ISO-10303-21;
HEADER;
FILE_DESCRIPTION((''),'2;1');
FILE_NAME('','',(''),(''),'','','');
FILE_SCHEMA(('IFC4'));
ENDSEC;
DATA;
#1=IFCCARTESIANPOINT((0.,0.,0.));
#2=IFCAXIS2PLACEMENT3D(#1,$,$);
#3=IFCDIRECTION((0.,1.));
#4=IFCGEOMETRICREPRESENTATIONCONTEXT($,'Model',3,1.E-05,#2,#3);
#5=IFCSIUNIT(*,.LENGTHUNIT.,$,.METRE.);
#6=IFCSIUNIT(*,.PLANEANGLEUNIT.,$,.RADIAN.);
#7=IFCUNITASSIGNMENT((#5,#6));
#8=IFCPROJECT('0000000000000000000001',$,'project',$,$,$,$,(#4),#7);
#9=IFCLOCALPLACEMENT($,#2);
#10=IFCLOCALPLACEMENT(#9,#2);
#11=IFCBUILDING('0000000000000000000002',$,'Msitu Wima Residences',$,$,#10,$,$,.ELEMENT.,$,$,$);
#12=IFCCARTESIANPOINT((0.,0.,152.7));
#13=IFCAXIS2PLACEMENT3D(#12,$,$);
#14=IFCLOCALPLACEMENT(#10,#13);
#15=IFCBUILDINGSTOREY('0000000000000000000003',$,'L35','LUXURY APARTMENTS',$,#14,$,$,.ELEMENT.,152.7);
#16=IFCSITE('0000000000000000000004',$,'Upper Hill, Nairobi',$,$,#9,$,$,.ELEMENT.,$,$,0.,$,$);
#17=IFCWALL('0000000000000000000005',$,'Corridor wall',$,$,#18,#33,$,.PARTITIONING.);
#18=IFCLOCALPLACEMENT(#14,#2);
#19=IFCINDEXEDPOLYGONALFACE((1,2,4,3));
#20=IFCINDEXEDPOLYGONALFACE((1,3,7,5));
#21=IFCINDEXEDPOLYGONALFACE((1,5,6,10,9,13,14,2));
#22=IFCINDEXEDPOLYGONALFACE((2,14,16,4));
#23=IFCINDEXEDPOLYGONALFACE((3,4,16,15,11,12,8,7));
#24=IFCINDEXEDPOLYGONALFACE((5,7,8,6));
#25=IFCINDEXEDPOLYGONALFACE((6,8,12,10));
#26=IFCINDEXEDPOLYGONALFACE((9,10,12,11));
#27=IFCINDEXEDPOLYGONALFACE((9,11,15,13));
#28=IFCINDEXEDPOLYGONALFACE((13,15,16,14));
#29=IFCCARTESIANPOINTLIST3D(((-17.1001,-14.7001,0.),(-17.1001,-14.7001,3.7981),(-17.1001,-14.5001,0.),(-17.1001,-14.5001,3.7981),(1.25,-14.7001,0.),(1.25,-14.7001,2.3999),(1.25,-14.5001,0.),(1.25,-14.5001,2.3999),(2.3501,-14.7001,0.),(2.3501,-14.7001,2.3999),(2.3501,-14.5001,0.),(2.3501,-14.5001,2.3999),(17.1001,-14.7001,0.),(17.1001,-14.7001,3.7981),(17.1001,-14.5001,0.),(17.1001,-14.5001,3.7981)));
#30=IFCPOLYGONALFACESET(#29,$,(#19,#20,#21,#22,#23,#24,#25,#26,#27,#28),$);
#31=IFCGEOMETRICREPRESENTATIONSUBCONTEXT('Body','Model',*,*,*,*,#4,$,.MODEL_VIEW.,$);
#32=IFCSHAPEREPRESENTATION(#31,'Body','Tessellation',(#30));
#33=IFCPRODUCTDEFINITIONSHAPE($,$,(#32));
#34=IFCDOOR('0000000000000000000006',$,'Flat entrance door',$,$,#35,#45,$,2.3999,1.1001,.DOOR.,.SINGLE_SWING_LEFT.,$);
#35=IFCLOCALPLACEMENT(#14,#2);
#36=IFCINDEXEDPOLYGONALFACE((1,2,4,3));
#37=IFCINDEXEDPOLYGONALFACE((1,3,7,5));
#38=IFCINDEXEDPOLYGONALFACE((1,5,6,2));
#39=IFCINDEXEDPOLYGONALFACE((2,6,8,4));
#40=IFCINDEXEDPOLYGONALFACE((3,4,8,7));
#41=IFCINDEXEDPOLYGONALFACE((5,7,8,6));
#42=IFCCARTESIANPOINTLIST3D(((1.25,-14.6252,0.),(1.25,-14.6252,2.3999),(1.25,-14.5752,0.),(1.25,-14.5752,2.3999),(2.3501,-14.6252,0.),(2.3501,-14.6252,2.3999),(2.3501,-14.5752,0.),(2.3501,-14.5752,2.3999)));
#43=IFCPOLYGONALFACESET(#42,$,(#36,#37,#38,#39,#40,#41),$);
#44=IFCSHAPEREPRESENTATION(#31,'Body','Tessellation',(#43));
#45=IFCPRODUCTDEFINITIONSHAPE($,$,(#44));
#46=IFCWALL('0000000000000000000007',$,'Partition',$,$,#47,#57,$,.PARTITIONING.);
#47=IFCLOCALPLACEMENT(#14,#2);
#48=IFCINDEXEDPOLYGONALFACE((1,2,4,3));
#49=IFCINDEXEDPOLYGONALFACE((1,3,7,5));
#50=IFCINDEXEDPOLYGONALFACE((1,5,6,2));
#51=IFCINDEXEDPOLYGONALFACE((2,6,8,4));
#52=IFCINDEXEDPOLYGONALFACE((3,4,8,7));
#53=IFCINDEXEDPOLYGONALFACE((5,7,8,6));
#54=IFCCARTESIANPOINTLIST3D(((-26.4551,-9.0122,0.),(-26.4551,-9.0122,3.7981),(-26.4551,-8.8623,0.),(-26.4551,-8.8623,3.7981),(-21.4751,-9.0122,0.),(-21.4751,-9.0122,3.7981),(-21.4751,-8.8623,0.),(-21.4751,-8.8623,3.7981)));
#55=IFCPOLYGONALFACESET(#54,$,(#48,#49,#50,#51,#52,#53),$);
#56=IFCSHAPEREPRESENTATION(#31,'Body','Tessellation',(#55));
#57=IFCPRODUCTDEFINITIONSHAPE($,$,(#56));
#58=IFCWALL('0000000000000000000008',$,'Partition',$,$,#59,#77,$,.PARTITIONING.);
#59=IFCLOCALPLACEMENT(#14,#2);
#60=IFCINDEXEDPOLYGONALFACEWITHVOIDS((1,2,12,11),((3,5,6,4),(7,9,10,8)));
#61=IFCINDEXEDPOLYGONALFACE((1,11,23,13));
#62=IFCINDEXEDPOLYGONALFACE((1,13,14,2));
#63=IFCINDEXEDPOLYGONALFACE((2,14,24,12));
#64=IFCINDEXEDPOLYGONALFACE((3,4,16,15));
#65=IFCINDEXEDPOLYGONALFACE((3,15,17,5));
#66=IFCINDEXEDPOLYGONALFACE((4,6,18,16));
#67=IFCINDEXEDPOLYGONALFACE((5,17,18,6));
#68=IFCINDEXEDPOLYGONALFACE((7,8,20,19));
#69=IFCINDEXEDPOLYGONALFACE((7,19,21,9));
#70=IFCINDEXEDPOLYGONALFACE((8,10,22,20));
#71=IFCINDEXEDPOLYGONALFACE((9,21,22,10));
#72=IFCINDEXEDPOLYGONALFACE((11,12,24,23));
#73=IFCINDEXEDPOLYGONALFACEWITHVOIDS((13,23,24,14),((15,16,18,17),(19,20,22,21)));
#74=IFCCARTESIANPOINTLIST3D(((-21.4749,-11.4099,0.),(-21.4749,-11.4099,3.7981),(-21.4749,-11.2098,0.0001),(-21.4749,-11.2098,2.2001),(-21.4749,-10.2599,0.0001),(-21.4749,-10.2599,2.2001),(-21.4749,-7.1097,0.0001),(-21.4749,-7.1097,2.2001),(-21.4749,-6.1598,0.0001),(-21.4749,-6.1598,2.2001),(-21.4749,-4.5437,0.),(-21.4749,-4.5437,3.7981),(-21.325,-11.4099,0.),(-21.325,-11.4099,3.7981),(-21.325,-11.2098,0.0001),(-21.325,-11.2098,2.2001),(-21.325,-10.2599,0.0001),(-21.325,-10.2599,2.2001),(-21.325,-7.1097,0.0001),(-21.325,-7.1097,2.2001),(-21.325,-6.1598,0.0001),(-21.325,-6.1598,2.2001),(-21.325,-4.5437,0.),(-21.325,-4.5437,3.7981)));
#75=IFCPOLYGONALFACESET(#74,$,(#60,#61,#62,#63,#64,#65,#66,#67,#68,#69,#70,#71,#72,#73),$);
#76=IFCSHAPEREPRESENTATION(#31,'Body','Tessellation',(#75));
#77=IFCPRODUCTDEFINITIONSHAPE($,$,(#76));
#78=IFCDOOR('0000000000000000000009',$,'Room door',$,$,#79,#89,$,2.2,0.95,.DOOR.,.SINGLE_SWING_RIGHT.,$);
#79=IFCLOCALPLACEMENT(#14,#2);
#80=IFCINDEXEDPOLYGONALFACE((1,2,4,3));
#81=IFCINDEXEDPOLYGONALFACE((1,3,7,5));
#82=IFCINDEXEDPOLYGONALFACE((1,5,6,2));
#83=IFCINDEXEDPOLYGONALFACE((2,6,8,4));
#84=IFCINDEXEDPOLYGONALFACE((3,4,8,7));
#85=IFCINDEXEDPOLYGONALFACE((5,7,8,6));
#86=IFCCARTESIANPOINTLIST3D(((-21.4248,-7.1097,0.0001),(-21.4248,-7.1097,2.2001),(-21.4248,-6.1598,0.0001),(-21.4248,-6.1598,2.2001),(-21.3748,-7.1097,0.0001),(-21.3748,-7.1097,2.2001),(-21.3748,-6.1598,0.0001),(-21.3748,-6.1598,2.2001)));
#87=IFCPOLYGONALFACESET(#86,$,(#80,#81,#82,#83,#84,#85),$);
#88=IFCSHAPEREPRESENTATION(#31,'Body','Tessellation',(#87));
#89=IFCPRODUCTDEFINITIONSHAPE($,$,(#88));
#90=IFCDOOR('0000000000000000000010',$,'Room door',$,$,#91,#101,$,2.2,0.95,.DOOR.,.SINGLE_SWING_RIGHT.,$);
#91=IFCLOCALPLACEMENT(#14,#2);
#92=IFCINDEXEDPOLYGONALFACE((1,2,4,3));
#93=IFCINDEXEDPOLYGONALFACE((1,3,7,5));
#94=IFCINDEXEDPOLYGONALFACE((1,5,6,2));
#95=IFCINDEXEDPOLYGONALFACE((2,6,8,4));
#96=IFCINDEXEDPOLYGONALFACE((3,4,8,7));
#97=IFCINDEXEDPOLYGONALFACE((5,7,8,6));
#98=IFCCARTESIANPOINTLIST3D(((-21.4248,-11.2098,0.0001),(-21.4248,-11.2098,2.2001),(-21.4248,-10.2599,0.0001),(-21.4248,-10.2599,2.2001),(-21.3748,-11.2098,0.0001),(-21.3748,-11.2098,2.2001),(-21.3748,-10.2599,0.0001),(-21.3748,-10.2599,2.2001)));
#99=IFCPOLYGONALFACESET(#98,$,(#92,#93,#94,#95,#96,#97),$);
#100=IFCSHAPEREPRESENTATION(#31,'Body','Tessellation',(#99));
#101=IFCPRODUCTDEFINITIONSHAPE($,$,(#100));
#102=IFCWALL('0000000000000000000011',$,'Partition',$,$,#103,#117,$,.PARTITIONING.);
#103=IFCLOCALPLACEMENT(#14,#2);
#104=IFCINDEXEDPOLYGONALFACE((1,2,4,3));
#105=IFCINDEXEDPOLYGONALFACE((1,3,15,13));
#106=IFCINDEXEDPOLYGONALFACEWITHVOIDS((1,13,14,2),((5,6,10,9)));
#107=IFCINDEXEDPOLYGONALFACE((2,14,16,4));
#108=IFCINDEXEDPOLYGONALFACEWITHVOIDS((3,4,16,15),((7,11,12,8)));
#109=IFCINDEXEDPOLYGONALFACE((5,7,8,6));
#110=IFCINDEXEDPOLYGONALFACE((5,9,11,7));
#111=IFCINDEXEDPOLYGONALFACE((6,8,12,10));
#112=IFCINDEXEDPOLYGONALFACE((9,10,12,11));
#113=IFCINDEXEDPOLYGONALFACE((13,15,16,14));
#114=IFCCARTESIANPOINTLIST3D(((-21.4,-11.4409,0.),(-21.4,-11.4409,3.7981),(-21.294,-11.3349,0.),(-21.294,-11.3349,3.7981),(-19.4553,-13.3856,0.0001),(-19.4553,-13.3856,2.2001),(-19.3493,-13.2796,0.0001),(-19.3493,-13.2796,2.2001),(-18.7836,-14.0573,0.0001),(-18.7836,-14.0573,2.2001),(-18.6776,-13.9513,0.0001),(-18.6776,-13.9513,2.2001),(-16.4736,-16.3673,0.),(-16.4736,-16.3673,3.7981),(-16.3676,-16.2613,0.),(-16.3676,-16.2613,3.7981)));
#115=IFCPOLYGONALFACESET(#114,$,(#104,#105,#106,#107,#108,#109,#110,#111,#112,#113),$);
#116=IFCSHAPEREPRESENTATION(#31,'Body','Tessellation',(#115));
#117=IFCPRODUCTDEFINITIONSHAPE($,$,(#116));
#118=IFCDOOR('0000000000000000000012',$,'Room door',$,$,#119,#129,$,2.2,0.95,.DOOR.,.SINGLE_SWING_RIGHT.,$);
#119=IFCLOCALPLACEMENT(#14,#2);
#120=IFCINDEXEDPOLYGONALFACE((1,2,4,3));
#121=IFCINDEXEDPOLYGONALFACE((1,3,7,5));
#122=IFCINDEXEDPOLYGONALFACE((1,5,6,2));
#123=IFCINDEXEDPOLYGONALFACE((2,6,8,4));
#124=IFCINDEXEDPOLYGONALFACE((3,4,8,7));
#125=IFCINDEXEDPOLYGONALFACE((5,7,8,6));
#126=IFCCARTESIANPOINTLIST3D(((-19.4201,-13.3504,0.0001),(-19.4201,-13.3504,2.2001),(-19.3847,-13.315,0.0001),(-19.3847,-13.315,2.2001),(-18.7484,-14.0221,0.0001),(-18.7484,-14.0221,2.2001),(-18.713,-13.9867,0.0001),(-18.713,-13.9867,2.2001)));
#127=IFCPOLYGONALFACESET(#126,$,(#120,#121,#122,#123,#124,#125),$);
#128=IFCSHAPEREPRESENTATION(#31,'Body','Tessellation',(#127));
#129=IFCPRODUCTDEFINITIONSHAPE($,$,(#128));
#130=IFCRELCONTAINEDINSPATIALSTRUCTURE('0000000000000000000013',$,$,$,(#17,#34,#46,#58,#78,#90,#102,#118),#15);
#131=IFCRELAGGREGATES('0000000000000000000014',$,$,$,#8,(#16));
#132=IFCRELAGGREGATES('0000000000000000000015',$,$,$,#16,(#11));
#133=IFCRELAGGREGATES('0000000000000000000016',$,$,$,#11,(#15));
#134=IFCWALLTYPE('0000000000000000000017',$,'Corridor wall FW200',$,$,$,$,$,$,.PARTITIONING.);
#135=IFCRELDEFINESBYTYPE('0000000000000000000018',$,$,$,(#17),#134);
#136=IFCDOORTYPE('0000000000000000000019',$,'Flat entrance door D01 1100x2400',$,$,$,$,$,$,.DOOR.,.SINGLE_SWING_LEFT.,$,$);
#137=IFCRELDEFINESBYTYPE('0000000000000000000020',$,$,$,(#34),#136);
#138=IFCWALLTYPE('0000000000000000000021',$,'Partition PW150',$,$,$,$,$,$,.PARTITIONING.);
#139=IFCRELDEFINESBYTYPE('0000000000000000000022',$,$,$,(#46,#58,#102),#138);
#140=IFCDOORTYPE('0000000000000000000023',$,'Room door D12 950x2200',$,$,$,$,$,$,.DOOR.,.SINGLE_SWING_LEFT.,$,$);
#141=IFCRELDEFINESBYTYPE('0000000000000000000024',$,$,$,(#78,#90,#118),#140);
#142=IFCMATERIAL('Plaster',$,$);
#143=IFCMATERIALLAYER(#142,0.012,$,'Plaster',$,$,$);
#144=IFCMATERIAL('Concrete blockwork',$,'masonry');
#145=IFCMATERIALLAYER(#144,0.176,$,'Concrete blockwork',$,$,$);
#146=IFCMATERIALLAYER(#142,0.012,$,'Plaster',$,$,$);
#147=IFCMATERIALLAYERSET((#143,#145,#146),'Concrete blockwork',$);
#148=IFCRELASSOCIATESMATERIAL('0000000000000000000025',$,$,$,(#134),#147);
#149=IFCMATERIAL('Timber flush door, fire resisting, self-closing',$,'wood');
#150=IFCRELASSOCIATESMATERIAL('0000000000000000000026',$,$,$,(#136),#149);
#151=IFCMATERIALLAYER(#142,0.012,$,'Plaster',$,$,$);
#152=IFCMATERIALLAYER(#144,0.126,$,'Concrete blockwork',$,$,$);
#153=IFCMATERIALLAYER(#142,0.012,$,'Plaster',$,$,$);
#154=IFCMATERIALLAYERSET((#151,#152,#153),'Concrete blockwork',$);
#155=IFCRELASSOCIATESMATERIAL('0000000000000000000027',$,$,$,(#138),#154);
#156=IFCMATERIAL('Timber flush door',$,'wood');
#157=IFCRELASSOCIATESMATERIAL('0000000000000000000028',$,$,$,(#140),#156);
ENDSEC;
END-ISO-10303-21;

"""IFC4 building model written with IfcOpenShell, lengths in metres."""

from ifc_helpers import new_model, si_unit, direction, frame, frame_2d, origin, place, context, subcontext, project, spatial, rectangle, extrude, material, layer, layer_set, type_object, element, fill, save


model = new_model("IFC4")

# Units and contexts
model_context = context("Model", 3, precision=1e-05, world=origin(), true_north=direction((0.0, 1.0)))
body_context = subcontext(model_context, "Body", "Model", "MODEL_VIEW")
ifc_project = project(units=[si_unit("LENGTHUNIT", "METRE"), si_unit("PLANEANGLEUNIT", "RADIAN")], contexts=[model_context])

# Site, building, storey
site_placement = place(None, origin())
site = spatial("IfcSite", under=ifc_project, at=site_placement, Name="Upper Hill, Nairobi", CompositionType="ELEMENT", RefElevation=0.0)
building_placement = place(site_placement, origin())
building = spatial("IfcBuilding", under=site, at=building_placement, Name="Msitu Wima Residences", CompositionType="ELEMENT")
storey_placement = place(building_placement, frame((0.0, 0.0, 152.7)))
storey = spatial("IfcBuildingStorey", under=building, at=storey_placement, Name="L35", Description="LUXURY APARTMENTS", CompositionType="ELEMENT", Elevation=152.7)

# Wall, opening, door
ifc_material_1 = material(Name="Plaster")
ifc_layer_1 = layer(ifc_material_1, 0.012, Name="Plaster")
ifc_material_2 = material(Name="Concrete blockwork", Category="masonry")
ifc_layer_2 = layer(ifc_material_2, 0.176, Name="Concrete blockwork")
ifc_layer_3 = layer(ifc_material_1, 0.012, Name="Plaster")
ifc_layer_set_1 = layer_set([ifc_layer_1, ifc_layer_2, ifc_layer_3], Name="Concrete blockwork")
wall_type_1 = type_object("IfcWallType", Name="Corridor wall FW200", PredefinedType="PARTITIONING", material=ifc_layer_set_1)
ifc_material_3 = material(Name="Timber flush door, fire resisting, self-closing", Category="wood")
door_type_1 = type_object("IfcDoorType", Name="Flat entrance door D01 1100x2400", OperationType="SINGLE_SWING_LEFT", PredefinedType="DOOR", material=ifc_material_3)
wall_1_placement = place(storey_placement, frame((-17.1001, -14.6001, 0.0), z_axis=(0.0, 0.0, 1.0), x_axis=(1.0, 0.0, 0.0)))
wall_1 = element("IfcWall", 1, at=wall_1_placement, inside=storey, type_object=wall_type_1, Name="Corridor wall", PredefinedType="PARTITIONING", context=body_context, shape_type="SweptSolid", body=[
    extrude(rectangle(XDim=34.2002, YDim=0.2, at=frame_2d((17.1001, 0.0))), origin(), (0.0, 0.0, 1.0), 3.7981),
])
opening_1_placement = place(wall_1_placement, frame((18.3501, 0.0, 0.0)))
opening_1 = element("IfcOpeningElement", 2, at=opening_1_placement, cuts=wall_1, PredefinedType="OPENING", context=body_context, shape_type="SweptSolid", body=[
    extrude(rectangle(XDim=1.1001, YDim=2.3999, at=frame_2d((0.55, 1.2))), frame((0.0, 0.1099, 0.0), z_axis=(0.0, -1.0, 0.0), x_axis=(1.0, 0.0, 0.0)), (0.0, 0.0, 1.0), 0.22),
])
door_1_placement = place(opening_1_placement, origin())
door_1 = element("IfcDoor", 3, at=door_1_placement, inside=storey, type_object=door_type_1, Name="Flat entrance door", OperationType="SINGLE_SWING_LEFT", OverallHeight=2.3999, OverallWidth=1.1001, PredefinedType="DOOR", context=body_context, shape_type="SweptSolid", body=[
    extrude(rectangle(XDim=1.1001, YDim=2.3999, at=frame_2d((0.55, 1.2))), frame((0.0, 0.0249, 0.0), z_axis=(0.0, -1.0, 0.0), x_axis=(1.0, 0.0, 0.0)), (0.0, 0.0, 1.0), 0.05),
])
fill(opening_1, door_1)

# Wall
ifc_layer_4 = layer(ifc_material_1, 0.012, Name="Plaster")
ifc_layer_5 = layer(ifc_material_2, 0.126, Name="Concrete blockwork")
ifc_layer_6 = layer(ifc_material_1, 0.012, Name="Plaster")
ifc_layer_set_2 = layer_set([ifc_layer_4, ifc_layer_5, ifc_layer_6], Name="Concrete blockwork")
wall_type_2 = type_object("IfcWallType", Name="Partition PW150", PredefinedType="PARTITIONING", material=ifc_layer_set_2)
wall_2_placement = place(storey_placement, frame((-26.4551, -8.9373, 0.0), z_axis=(0.0, 0.0, 1.0), x_axis=(1.0, 0.0, 0.0)))
element("IfcWall", 4, at=wall_2_placement, inside=storey, type_object=wall_type_2, Name="Partition", PredefinedType="PARTITIONING", context=body_context, shape_type="SweptSolid", body=[
    extrude(rectangle(XDim=4.98, YDim=0.1499, at=frame_2d((2.49, 0.0))), origin(), (0.0, 0.0, 1.0), 3.7981),
])

# Wall, openings, doors
wall_3_placement = place(storey_placement, frame((-21.3999, -11.4099, 0.0), z_axis=(0.0, 0.0, 1.0), x_axis=(0.0, 1.0, 0.0)))
wall_3 = element("IfcWall", 5, at=wall_3_placement, inside=storey, type_object=wall_type_2, Name="Partition", PredefinedType="PARTITIONING", context=body_context, shape_type="SweptSolid", body=[
    extrude(rectangle(XDim=6.8662, YDim=0.1499, at=frame_2d((3.4331, 0.0))), origin(), (0.0, 0.0, 1.0), 3.7981),
])
opening_2_placement = place(wall_3_placement, frame((4.3, 0.0, 0.0)))
opening_2 = element("IfcOpeningElement", 6, at=opening_2_placement, cuts=wall_3, PredefinedType="OPENING", context=body_context, shape_type="SweptSolid", body=[
    extrude(rectangle(XDim=0.95, YDim=2.2, at=frame_2d((0.4751, 1.1001))), frame((0.0, 0.085, 0.0), z_axis=(0.0, -1.0, 0.0), x_axis=(1.0, 0.0, 0.0)), (0.0, 0.0, 1.0), 0.1699),
])
opening_3_placement = place(wall_3_placement, frame((0.2, 0.0, 0.0)))
opening_3 = element("IfcOpeningElement", 7, at=opening_3_placement, cuts=wall_3, PredefinedType="OPENING", context=body_context, shape_type="SweptSolid", body=[
    extrude(rectangle(XDim=0.95, YDim=2.2, at=frame_2d((0.4751, 1.1001))), frame((0.0, 0.085, 0.0), z_axis=(0.0, -1.0, 0.0), x_axis=(1.0, 0.0, 0.0)), (0.0, 0.0, 1.0), 0.1699),
])
ifc_material_4 = material(Name="Timber flush door", Category="wood")
door_type_2 = type_object("IfcDoorType", Name="Room door D12 950x2200", OperationType="SINGLE_SWING_LEFT", PredefinedType="DOOR", material=ifc_material_4)
door_2_placement = place(opening_2_placement, origin())
door_2 = element("IfcDoor", 8, at=door_2_placement, inside=storey, type_object=door_type_2, Name="Room door", OperationType="SINGLE_SWING_RIGHT", OverallHeight=2.2, OverallWidth=0.95, PredefinedType="DOOR", context=body_context, shape_type="SweptSolid", body=[
    extrude(rectangle(XDim=0.95, YDim=2.2, at=frame_2d((0.4751, 1.1001))), frame((0.0, 0.0249, 0.0), z_axis=(0.0, -1.0, 0.0), x_axis=(1.0, 0.0, 0.0)), (0.0, 0.0, 1.0), 0.05),
])
fill(opening_2, door_2)
door_3_placement = place(opening_3_placement, origin())
door_3 = element("IfcDoor", 9, at=door_3_placement, inside=storey, type_object=door_type_2, Name="Room door", OperationType="SINGLE_SWING_RIGHT", OverallHeight=2.2, OverallWidth=0.95, PredefinedType="DOOR", context=body_context, shape_type="SweptSolid", body=[
    extrude(rectangle(XDim=0.95, YDim=2.2, at=frame_2d((0.4751, 1.1001))), frame((0.0, 0.0249, 0.0), z_axis=(0.0, -1.0, 0.0), x_axis=(1.0, 0.0, 0.0)), (0.0, 0.0, 1.0), 0.05),
])
fill(opening_3, door_3)

# Wall, opening, door
wall_4_placement = place(storey_placement, frame((-21.3469, -11.3879, 0.0), z_axis=(0.0, 0.0, 1.0), x_axis=(0.707107, -0.707107, 0.0)))
wall_4 = element("IfcWall", 10, at=wall_4_placement, inside=storey, type_object=wall_type_2, Name="Partition", PredefinedType="PARTITIONING", context=body_context, shape_type="SweptSolid", body=[
    extrude(rectangle(XDim=6.967, YDim=0.1499, at=frame_2d((3.4834, 0.0))), origin(), (0.0, 0.0, 1.0), 3.7981),
])
opening_4_placement = place(wall_4_placement, frame((2.75, 0.0, 0.0)))
opening_4 = element("IfcOpeningElement", 11, at=opening_4_placement, cuts=wall_4, PredefinedType="OPENING", context=body_context, shape_type="SweptSolid", body=[
    extrude(rectangle(XDim=0.95, YDim=2.2, at=frame_2d((0.4751, 1.1001))), frame((0.0, 0.085, 0.0), z_axis=(0.0, -1.0, 0.0), x_axis=(1.0, 0.0, 0.0)), (0.0, 0.0, 1.0), 0.1699),
])
door_4_placement = place(opening_4_placement, origin())
door_4 = element("IfcDoor", 12, at=door_4_placement, inside=storey, type_object=door_type_2, Name="Room door", OperationType="SINGLE_SWING_RIGHT", OverallHeight=2.2, OverallWidth=0.95, PredefinedType="DOOR", context=body_context, shape_type="SweptSolid", body=[
    extrude(rectangle(XDim=0.95, YDim=2.2, at=frame_2d((0.4751, 1.1001))), frame((0.0, 0.0249, 0.0), z_axis=(0.0, -1.0, 0.0), x_axis=(1.0, 0.0, 0.0)), (0.0, 0.0, 1.0), 0.05),
])
fill(opening_4, door_4)

save(model, "model.ifc")
